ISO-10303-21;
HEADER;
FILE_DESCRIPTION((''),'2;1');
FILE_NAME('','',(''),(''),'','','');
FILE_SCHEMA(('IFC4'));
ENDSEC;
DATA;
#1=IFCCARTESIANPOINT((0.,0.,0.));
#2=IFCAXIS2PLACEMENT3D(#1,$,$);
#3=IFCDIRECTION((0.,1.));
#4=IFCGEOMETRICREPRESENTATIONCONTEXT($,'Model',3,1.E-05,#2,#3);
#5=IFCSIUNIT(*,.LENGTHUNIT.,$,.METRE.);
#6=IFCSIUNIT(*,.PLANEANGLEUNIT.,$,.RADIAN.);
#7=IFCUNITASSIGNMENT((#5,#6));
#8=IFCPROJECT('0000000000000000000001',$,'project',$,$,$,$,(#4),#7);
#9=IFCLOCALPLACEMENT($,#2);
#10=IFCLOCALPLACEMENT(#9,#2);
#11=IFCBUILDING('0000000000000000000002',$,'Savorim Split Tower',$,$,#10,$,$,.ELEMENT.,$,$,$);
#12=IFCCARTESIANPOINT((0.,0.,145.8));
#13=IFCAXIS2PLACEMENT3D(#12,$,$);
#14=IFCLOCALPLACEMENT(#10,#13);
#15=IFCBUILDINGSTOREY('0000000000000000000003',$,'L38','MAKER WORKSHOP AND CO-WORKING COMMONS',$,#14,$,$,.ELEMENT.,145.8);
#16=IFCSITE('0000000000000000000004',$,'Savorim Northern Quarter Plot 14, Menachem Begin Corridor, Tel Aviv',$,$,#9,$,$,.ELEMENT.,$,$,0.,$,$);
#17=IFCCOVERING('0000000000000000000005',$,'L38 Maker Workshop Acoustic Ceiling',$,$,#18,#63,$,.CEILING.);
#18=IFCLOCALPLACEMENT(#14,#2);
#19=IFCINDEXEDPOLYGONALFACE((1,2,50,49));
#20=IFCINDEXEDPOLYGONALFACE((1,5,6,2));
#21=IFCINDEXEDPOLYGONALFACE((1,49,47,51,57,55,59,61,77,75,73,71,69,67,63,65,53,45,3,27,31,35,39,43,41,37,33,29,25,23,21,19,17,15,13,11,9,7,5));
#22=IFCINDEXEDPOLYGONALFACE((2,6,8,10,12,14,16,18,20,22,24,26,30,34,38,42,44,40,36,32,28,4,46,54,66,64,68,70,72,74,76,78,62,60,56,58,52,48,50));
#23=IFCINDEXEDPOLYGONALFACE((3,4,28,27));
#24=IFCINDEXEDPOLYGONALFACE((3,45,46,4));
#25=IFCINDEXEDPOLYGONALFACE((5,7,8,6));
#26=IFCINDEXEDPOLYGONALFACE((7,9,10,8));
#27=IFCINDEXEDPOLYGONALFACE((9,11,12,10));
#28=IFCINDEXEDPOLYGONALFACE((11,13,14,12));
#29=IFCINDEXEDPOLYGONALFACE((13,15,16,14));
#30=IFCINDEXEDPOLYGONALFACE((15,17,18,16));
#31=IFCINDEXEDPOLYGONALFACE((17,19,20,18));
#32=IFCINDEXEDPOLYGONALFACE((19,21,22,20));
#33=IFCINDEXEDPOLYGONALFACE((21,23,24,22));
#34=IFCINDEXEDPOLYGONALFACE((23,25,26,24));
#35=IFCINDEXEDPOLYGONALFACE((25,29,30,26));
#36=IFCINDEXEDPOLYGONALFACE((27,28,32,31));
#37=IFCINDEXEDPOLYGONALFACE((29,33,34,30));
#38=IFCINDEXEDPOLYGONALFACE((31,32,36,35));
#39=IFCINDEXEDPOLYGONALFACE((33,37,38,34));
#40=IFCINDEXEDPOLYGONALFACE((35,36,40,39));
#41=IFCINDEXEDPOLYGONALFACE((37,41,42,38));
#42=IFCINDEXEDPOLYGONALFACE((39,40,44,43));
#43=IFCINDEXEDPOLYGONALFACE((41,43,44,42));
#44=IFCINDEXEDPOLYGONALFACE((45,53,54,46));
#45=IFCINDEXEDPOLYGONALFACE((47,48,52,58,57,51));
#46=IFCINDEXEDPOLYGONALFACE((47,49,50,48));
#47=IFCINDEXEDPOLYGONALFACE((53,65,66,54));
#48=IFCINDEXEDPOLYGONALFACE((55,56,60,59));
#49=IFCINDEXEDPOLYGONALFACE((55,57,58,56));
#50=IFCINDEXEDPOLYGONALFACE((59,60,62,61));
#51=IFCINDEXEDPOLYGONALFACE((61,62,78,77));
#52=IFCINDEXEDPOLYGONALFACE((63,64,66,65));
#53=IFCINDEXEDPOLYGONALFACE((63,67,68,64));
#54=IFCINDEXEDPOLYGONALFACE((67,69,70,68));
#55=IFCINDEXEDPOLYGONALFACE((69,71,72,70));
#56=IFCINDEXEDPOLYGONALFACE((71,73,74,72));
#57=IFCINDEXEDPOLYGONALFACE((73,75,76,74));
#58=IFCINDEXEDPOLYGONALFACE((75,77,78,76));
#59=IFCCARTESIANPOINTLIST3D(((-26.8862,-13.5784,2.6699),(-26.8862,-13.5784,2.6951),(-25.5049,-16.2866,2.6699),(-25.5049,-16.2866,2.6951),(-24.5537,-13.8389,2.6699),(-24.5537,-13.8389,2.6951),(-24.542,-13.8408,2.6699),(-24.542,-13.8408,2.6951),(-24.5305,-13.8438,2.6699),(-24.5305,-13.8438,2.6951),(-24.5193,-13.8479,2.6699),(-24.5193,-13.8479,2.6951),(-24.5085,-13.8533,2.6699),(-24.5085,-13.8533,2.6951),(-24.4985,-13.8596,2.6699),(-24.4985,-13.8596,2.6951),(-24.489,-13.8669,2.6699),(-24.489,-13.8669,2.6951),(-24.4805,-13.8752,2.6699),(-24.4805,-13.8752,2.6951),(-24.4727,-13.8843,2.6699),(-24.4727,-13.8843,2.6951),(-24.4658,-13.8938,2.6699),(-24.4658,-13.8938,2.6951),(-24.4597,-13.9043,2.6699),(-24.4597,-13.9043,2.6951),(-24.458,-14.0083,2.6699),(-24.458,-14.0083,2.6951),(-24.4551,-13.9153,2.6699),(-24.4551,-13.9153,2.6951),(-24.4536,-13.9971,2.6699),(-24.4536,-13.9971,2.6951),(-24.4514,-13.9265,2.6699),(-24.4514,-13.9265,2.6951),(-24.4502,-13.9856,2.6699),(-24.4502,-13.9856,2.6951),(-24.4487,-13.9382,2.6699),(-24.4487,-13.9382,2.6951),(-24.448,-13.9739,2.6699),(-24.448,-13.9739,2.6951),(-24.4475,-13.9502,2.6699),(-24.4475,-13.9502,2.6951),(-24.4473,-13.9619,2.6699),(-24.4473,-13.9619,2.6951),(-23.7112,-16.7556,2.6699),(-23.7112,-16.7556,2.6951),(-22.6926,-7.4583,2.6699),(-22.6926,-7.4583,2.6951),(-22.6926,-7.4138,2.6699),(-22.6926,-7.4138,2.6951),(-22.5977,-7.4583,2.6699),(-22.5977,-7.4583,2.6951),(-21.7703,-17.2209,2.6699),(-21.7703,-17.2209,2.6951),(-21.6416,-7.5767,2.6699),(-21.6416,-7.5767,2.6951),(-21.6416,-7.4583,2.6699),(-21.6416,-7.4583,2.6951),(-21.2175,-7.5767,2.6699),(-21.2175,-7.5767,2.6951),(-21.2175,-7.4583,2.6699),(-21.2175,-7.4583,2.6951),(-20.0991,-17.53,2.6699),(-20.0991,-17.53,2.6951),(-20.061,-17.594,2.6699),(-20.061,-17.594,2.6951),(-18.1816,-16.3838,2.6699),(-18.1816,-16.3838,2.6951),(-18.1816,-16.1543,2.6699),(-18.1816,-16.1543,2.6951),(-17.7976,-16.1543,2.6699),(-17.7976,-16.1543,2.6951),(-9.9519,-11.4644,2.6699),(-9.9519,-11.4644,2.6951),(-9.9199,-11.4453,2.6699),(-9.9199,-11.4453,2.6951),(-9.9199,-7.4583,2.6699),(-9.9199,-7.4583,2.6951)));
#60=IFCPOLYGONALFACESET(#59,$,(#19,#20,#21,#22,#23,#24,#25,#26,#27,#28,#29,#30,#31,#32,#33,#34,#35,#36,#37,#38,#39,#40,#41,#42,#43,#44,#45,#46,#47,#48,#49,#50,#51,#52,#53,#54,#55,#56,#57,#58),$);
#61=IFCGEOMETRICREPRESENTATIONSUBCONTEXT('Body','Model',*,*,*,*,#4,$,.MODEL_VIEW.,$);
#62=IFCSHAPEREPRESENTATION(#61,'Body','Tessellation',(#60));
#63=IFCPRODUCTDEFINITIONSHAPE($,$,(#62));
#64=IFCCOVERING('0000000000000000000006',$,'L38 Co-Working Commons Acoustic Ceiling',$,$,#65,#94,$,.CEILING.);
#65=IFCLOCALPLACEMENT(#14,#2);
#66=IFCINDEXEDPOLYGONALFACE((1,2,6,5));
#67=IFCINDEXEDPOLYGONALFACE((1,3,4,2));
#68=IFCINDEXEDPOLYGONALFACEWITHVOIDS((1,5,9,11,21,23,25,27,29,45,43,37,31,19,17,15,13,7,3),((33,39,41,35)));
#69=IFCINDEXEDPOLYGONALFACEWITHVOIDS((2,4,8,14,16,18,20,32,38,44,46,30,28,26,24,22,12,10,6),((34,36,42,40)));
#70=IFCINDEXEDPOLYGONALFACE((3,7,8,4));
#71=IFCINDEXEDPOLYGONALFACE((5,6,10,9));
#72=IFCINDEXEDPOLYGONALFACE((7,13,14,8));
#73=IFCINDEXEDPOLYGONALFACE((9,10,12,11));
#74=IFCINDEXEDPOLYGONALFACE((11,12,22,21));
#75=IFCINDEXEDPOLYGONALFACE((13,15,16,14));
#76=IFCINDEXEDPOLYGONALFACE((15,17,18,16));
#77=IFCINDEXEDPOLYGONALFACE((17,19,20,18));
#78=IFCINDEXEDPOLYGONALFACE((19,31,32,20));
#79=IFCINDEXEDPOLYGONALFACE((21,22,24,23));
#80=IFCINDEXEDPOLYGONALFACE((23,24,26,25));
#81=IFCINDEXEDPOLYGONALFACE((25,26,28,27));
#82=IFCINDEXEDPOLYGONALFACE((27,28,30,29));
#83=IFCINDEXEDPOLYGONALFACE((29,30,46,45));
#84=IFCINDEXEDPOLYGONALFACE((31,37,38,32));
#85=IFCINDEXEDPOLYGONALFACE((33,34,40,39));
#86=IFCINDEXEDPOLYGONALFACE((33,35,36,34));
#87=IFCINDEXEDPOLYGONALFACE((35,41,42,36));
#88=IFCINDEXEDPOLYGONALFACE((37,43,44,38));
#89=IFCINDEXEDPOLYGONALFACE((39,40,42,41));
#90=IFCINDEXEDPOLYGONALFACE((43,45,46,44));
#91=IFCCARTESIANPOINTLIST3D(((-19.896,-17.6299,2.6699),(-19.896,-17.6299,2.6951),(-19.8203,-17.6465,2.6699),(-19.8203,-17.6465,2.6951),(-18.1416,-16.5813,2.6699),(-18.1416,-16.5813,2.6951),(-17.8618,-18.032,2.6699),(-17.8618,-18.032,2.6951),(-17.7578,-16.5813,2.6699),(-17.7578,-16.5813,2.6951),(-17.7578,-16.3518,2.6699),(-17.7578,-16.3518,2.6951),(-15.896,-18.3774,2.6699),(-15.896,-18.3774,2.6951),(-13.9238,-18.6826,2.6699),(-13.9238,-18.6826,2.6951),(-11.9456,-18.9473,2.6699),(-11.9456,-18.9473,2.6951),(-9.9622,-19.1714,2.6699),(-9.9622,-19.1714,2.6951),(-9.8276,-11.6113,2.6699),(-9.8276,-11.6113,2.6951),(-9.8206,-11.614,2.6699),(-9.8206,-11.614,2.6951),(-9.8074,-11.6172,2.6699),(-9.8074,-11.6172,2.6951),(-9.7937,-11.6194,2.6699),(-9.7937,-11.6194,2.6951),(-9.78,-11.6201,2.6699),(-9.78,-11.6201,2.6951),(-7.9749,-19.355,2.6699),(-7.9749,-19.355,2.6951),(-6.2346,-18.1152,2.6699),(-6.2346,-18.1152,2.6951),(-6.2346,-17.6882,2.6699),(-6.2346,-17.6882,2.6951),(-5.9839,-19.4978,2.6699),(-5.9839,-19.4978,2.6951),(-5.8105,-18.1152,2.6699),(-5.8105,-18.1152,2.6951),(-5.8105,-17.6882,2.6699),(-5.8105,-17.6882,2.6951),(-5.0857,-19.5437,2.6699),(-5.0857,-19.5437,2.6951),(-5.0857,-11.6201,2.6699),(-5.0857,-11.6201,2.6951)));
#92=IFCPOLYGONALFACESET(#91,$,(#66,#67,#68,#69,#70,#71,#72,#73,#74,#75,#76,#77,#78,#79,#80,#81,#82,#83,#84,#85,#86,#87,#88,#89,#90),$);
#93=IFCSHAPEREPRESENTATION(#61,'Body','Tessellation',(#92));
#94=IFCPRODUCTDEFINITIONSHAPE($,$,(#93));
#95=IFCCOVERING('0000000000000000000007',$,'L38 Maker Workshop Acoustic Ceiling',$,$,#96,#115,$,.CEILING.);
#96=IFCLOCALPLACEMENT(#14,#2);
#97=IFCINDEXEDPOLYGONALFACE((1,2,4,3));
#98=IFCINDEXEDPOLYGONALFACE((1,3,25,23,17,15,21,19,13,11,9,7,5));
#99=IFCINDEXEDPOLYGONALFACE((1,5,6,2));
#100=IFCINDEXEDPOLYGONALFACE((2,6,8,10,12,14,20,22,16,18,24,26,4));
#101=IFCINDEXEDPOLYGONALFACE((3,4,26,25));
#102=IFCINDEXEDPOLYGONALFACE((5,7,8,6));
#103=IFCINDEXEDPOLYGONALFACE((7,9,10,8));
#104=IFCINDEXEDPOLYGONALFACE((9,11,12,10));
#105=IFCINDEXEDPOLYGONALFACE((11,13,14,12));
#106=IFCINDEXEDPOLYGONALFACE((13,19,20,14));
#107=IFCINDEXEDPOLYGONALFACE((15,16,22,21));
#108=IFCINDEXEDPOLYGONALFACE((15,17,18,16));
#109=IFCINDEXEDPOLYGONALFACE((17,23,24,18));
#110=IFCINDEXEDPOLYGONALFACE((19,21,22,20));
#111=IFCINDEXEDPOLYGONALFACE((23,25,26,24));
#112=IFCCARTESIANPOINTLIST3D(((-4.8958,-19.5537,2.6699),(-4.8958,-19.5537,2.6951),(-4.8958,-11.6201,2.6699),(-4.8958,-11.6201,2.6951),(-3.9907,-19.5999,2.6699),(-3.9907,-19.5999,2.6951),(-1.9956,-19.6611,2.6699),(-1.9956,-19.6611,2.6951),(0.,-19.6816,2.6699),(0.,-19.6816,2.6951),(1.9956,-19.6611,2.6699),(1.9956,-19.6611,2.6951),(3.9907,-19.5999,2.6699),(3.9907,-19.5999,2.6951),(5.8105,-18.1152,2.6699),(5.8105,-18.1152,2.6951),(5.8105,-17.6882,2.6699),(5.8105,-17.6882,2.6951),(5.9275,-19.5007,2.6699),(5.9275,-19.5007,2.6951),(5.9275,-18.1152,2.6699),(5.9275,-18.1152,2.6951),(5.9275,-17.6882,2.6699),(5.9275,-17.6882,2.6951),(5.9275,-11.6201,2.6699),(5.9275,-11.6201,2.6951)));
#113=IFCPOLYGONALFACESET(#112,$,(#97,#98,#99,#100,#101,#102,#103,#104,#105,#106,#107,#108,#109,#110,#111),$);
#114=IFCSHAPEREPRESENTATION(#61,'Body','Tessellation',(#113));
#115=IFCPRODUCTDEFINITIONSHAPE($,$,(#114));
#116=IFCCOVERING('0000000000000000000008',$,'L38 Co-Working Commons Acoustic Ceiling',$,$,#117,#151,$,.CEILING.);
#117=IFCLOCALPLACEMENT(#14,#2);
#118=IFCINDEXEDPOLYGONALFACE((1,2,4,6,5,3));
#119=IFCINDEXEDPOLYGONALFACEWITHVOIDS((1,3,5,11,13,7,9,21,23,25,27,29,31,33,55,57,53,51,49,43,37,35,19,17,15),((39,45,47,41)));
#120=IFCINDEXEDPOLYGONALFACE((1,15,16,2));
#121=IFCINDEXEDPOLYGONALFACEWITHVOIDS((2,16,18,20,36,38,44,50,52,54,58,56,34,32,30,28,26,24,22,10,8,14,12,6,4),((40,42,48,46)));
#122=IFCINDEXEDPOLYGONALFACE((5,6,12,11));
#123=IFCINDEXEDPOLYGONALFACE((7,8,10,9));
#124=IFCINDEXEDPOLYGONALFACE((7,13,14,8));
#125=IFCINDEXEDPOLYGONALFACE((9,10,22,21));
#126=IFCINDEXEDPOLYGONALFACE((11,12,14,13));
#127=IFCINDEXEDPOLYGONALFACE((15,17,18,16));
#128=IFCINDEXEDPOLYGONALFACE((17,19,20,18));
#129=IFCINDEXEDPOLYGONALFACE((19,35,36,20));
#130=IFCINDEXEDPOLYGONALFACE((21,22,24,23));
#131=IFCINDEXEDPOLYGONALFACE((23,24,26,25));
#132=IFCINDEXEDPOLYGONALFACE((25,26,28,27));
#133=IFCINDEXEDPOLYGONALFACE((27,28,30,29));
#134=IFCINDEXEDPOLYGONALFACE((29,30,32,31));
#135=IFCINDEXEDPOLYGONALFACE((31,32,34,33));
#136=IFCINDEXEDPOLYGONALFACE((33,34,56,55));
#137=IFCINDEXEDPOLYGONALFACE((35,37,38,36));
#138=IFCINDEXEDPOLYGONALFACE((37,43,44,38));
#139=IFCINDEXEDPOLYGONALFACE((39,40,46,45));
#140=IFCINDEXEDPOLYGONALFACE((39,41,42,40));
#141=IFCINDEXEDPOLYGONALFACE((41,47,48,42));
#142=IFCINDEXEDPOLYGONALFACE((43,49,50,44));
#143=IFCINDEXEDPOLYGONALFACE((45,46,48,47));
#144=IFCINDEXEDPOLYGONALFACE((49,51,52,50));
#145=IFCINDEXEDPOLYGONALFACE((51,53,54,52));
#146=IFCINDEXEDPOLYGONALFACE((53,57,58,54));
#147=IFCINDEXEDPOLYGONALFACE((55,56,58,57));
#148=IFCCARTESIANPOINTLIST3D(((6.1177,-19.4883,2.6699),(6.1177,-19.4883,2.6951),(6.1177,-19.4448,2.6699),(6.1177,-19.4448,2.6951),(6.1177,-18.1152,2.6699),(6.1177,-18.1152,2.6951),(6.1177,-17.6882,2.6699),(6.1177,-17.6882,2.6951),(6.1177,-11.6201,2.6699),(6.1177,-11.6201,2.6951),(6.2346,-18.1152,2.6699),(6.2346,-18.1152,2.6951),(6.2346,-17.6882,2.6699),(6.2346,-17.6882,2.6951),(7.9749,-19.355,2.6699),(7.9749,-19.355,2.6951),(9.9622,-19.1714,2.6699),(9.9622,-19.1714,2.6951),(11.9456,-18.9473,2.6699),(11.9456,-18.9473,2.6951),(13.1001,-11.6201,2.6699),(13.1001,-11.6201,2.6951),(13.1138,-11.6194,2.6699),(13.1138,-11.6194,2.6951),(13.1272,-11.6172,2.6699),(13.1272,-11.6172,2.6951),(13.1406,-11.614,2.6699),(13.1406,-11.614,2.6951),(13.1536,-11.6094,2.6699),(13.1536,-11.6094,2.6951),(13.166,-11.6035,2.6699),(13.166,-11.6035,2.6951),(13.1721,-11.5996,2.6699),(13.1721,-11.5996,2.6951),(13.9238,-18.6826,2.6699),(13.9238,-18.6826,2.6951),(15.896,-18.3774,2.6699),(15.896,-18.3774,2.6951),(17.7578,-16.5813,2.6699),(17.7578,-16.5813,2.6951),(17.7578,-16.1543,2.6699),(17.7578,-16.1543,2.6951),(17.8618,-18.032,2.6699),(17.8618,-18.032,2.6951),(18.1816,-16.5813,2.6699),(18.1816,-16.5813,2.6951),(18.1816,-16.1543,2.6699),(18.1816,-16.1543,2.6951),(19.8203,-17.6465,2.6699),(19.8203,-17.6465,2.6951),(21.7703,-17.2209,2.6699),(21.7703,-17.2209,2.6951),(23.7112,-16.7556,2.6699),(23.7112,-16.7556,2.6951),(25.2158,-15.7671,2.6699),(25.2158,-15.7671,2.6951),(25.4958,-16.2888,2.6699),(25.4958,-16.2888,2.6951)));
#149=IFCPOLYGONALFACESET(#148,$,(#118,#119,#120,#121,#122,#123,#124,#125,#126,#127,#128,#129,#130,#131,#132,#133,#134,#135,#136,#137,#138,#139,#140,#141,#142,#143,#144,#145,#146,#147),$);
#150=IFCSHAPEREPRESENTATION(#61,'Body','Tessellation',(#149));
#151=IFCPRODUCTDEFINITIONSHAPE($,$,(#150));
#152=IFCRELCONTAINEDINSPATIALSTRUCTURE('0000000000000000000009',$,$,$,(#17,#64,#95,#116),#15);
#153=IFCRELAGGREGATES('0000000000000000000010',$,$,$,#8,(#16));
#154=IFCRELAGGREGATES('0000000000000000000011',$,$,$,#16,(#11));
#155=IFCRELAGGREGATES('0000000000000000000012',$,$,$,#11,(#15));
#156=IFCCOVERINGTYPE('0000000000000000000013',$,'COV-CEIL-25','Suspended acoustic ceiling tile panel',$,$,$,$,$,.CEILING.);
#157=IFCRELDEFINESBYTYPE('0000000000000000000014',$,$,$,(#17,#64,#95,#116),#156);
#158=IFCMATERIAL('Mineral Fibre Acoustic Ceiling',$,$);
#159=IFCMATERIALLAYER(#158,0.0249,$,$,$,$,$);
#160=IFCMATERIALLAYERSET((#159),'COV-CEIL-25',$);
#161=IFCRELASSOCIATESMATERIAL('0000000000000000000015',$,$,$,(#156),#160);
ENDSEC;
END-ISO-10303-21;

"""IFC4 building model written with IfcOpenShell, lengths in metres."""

from ifc_helpers import new_model, si_unit, direction, frame, origin, place, context, subcontext, project, spatial, polyline, outline, extrude, material, layer, layer_set, type_object, element, save


model = new_model("IFC4")

# Units and contexts
model_context = context("Model", 3, precision=1e-05, world=origin(), true_north=direction((0.0, 1.0)))
body_context = subcontext(model_context, "Body", "Model", "MODEL_VIEW")
ifc_project = project(units=[si_unit("LENGTHUNIT", "METRE"), si_unit("PLANEANGLEUNIT", "RADIAN")], contexts=[model_context])

# Site, building, storey
site_placement = place(None, origin())
site = spatial("IfcSite", under=ifc_project, at=site_placement, Name="Savorim Northern Quarter Plot 14, Menachem Begin Corridor, Tel Aviv", CompositionType="ELEMENT", RefElevation=0.0)
building_placement = place(site_placement, origin())
building = spatial("IfcBuilding", under=site, at=building_placement, Name="Savorim Split Tower", CompositionType="ELEMENT")
storey_placement = place(building_placement, frame((0.0, 0.0, 145.8)))
storey = spatial("IfcBuildingStorey", under=building, at=storey_placement, Name="L38", Description="MAKER WORKSHOP AND CO-WORKING COMMONS", CompositionType="ELEMENT", Elevation=145.8)

# Coverings
ifc_material_1 = material(Name="Mineral Fibre Acoustic Ceiling")
ifc_layer_1 = layer(ifc_material_1, 0.0249)
ifc_layer_set_1 = layer_set([ifc_layer_1], Name="COV-CEIL-25")
covering_type_1 = type_object("IfcCoveringType", Name="COV-CEIL-25", Description="Suspended acoustic ceiling tile panel", PredefinedType="CEILING", material=ifc_layer_set_1)
covering_1_placement = place(storey_placement, frame((0.0, 0.0, 2.6699)))
element("IfcCovering", 1, at=covering_1_placement, inside=storey, type_object=covering_type_1, Name="L38 Maker Workshop Acoustic Ceiling", PredefinedType="CEILING", context=body_context, shape_type="SweptSolid", body=[
    extrude(outline(polyline([(-24.4473, -13.9619), (-24.448, -13.9739), (-24.4502, -13.9856), (-24.4536, -13.9971), (-24.458, -14.0083), (-25.5049, -16.2866), (-23.7112, -16.7556), (-21.7703, -17.2209), (-20.061, -17.594), (-20.0991, -17.53), (-18.1816, -16.3838), (-18.1816, -16.1543), (-17.7976, -16.1543), (-9.9519, -11.4644), (-9.9199, -11.4453), (-9.9199, -7.4583), (-21.2175, -7.4583), (-21.2175, -7.5767), (-21.6416, -7.5767), (-21.6416, -7.4583), (-22.5977, -7.4583), (-22.6926, -7.4583), (-22.6926, -7.4138), (-26.8862, -13.5784), (-24.5537, -13.8389), (-24.542, -13.8408), (-24.5305, -13.8438), (-24.5193, -13.8479), (-24.5085, -13.8533), (-24.4985, -13.8596), (-24.489, -13.8669), (-24.4805, -13.8752), (-24.4727, -13.8843), (-24.4658, -13.8938), (-24.4597, -13.9043), (-24.4551, -13.9153), (-24.4514, -13.9265), (-24.4487, -13.9382), (-24.4475, -13.9502), (-24.4473, -13.9619)])), origin(), (0.0, 0.0, 1.0), 0.0251),
])
covering_2_placement = place(storey_placement, frame((0.0, 0.0, 2.6699)))
element("IfcCovering", 2, at=covering_2_placement, inside=storey, type_object=covering_type_1, Name="L38 Co-Working Commons Acoustic Ceiling", PredefinedType="CEILING", context=body_context, shape_type="SweptSolid", body=[
    extrude(outline(polyline([(-9.9622, -19.1714), (-7.9749, -19.355), (-5.9839, -19.4978), (-5.0857, -19.5437), (-5.0857, -11.6201), (-9.78, -11.6201), (-9.7937, -11.6194), (-9.8074, -11.6172), (-9.8206, -11.614), (-9.8276, -11.6113), (-17.7578, -16.3518), (-17.7578, -16.5813), (-18.1416, -16.5813), (-19.896, -17.6299), (-19.8203, -17.6465), (-17.8618, -18.032), (-15.896, -18.3774), (-13.9238, -18.6826), (-11.9456, -18.9473), (-9.9622, -19.1714)]), holes=[polyline([(-6.2346, -18.1152), (-5.8105, -18.1152), (-5.8105, -17.6882), (-6.2346, -17.6882), (-6.2346, -18.1152)])]), origin(), (0.0, 0.0, 1.0), 0.0251),
])
covering_3_placement = place(storey_placement, frame((0.0, 0.0, 2.6699)))
element("IfcCovering", 3, at=covering_3_placement, inside=storey, type_object=covering_type_1, Name="L38 Maker Workshop Acoustic Ceiling", PredefinedType="CEILING", context=body_context, shape_type="SweptSolid", body=[
    extrude(outline(polyline([(-1.9956, -19.6611), (0.0, -19.6816), (1.9956, -19.6611), (3.9907, -19.5999), (5.9275, -19.5007), (5.9275, -18.1152), (5.8105, -18.1152), (5.8105, -17.6882), (5.9275, -17.6882), (5.9275, -11.6201), (-4.8958, -11.6201), (-4.8958, -19.5537), (-3.9907, -19.5999), (-1.9956, -19.6611)])), origin(), (0.0, 0.0, 1.0), 0.0251),
])
covering_4_placement = place(storey_placement, frame((0.0, 0.0, 2.6699)))
element("IfcCovering", 4, at=covering_4_placement, inside=storey, type_object=covering_type_1, Name="L38 Co-Working Commons Acoustic Ceiling", PredefinedType="CEILING", context=body_context, shape_type="SweptSolid", body=[
    extrude(outline(polyline([(21.7703, -17.2209), (23.7112, -16.7556), (25.4958, -16.2888), (25.2158, -15.7671), (13.1721, -11.5996), (13.166, -11.6035), (13.1536, -11.6094), (13.1406, -11.614), (13.1272, -11.6172), (13.1138, -11.6194), (13.1001, -11.6201), (6.1177, -11.6201), (6.1177, -17.6882), (6.2346, -17.6882), (6.2346, -18.1152), (6.1177, -18.1152), (6.1177, -19.4448), (6.1177, -19.4883), (7.9749, -19.355), (9.9622, -19.1714), (11.9456, -18.9473), (13.9238, -18.6826), (15.896, -18.3774), (17.8618, -18.032), (19.8203, -17.6465), (21.7703, -17.2209)]), holes=[polyline([(18.1816, -16.5813), (18.1816, -16.1543), (17.7578, -16.1543), (17.7578, -16.5813), (18.1816, -16.5813)])]), origin(), (0.0, 0.0, 1.0), 0.0251),
])

save(model, "model.ifc")
